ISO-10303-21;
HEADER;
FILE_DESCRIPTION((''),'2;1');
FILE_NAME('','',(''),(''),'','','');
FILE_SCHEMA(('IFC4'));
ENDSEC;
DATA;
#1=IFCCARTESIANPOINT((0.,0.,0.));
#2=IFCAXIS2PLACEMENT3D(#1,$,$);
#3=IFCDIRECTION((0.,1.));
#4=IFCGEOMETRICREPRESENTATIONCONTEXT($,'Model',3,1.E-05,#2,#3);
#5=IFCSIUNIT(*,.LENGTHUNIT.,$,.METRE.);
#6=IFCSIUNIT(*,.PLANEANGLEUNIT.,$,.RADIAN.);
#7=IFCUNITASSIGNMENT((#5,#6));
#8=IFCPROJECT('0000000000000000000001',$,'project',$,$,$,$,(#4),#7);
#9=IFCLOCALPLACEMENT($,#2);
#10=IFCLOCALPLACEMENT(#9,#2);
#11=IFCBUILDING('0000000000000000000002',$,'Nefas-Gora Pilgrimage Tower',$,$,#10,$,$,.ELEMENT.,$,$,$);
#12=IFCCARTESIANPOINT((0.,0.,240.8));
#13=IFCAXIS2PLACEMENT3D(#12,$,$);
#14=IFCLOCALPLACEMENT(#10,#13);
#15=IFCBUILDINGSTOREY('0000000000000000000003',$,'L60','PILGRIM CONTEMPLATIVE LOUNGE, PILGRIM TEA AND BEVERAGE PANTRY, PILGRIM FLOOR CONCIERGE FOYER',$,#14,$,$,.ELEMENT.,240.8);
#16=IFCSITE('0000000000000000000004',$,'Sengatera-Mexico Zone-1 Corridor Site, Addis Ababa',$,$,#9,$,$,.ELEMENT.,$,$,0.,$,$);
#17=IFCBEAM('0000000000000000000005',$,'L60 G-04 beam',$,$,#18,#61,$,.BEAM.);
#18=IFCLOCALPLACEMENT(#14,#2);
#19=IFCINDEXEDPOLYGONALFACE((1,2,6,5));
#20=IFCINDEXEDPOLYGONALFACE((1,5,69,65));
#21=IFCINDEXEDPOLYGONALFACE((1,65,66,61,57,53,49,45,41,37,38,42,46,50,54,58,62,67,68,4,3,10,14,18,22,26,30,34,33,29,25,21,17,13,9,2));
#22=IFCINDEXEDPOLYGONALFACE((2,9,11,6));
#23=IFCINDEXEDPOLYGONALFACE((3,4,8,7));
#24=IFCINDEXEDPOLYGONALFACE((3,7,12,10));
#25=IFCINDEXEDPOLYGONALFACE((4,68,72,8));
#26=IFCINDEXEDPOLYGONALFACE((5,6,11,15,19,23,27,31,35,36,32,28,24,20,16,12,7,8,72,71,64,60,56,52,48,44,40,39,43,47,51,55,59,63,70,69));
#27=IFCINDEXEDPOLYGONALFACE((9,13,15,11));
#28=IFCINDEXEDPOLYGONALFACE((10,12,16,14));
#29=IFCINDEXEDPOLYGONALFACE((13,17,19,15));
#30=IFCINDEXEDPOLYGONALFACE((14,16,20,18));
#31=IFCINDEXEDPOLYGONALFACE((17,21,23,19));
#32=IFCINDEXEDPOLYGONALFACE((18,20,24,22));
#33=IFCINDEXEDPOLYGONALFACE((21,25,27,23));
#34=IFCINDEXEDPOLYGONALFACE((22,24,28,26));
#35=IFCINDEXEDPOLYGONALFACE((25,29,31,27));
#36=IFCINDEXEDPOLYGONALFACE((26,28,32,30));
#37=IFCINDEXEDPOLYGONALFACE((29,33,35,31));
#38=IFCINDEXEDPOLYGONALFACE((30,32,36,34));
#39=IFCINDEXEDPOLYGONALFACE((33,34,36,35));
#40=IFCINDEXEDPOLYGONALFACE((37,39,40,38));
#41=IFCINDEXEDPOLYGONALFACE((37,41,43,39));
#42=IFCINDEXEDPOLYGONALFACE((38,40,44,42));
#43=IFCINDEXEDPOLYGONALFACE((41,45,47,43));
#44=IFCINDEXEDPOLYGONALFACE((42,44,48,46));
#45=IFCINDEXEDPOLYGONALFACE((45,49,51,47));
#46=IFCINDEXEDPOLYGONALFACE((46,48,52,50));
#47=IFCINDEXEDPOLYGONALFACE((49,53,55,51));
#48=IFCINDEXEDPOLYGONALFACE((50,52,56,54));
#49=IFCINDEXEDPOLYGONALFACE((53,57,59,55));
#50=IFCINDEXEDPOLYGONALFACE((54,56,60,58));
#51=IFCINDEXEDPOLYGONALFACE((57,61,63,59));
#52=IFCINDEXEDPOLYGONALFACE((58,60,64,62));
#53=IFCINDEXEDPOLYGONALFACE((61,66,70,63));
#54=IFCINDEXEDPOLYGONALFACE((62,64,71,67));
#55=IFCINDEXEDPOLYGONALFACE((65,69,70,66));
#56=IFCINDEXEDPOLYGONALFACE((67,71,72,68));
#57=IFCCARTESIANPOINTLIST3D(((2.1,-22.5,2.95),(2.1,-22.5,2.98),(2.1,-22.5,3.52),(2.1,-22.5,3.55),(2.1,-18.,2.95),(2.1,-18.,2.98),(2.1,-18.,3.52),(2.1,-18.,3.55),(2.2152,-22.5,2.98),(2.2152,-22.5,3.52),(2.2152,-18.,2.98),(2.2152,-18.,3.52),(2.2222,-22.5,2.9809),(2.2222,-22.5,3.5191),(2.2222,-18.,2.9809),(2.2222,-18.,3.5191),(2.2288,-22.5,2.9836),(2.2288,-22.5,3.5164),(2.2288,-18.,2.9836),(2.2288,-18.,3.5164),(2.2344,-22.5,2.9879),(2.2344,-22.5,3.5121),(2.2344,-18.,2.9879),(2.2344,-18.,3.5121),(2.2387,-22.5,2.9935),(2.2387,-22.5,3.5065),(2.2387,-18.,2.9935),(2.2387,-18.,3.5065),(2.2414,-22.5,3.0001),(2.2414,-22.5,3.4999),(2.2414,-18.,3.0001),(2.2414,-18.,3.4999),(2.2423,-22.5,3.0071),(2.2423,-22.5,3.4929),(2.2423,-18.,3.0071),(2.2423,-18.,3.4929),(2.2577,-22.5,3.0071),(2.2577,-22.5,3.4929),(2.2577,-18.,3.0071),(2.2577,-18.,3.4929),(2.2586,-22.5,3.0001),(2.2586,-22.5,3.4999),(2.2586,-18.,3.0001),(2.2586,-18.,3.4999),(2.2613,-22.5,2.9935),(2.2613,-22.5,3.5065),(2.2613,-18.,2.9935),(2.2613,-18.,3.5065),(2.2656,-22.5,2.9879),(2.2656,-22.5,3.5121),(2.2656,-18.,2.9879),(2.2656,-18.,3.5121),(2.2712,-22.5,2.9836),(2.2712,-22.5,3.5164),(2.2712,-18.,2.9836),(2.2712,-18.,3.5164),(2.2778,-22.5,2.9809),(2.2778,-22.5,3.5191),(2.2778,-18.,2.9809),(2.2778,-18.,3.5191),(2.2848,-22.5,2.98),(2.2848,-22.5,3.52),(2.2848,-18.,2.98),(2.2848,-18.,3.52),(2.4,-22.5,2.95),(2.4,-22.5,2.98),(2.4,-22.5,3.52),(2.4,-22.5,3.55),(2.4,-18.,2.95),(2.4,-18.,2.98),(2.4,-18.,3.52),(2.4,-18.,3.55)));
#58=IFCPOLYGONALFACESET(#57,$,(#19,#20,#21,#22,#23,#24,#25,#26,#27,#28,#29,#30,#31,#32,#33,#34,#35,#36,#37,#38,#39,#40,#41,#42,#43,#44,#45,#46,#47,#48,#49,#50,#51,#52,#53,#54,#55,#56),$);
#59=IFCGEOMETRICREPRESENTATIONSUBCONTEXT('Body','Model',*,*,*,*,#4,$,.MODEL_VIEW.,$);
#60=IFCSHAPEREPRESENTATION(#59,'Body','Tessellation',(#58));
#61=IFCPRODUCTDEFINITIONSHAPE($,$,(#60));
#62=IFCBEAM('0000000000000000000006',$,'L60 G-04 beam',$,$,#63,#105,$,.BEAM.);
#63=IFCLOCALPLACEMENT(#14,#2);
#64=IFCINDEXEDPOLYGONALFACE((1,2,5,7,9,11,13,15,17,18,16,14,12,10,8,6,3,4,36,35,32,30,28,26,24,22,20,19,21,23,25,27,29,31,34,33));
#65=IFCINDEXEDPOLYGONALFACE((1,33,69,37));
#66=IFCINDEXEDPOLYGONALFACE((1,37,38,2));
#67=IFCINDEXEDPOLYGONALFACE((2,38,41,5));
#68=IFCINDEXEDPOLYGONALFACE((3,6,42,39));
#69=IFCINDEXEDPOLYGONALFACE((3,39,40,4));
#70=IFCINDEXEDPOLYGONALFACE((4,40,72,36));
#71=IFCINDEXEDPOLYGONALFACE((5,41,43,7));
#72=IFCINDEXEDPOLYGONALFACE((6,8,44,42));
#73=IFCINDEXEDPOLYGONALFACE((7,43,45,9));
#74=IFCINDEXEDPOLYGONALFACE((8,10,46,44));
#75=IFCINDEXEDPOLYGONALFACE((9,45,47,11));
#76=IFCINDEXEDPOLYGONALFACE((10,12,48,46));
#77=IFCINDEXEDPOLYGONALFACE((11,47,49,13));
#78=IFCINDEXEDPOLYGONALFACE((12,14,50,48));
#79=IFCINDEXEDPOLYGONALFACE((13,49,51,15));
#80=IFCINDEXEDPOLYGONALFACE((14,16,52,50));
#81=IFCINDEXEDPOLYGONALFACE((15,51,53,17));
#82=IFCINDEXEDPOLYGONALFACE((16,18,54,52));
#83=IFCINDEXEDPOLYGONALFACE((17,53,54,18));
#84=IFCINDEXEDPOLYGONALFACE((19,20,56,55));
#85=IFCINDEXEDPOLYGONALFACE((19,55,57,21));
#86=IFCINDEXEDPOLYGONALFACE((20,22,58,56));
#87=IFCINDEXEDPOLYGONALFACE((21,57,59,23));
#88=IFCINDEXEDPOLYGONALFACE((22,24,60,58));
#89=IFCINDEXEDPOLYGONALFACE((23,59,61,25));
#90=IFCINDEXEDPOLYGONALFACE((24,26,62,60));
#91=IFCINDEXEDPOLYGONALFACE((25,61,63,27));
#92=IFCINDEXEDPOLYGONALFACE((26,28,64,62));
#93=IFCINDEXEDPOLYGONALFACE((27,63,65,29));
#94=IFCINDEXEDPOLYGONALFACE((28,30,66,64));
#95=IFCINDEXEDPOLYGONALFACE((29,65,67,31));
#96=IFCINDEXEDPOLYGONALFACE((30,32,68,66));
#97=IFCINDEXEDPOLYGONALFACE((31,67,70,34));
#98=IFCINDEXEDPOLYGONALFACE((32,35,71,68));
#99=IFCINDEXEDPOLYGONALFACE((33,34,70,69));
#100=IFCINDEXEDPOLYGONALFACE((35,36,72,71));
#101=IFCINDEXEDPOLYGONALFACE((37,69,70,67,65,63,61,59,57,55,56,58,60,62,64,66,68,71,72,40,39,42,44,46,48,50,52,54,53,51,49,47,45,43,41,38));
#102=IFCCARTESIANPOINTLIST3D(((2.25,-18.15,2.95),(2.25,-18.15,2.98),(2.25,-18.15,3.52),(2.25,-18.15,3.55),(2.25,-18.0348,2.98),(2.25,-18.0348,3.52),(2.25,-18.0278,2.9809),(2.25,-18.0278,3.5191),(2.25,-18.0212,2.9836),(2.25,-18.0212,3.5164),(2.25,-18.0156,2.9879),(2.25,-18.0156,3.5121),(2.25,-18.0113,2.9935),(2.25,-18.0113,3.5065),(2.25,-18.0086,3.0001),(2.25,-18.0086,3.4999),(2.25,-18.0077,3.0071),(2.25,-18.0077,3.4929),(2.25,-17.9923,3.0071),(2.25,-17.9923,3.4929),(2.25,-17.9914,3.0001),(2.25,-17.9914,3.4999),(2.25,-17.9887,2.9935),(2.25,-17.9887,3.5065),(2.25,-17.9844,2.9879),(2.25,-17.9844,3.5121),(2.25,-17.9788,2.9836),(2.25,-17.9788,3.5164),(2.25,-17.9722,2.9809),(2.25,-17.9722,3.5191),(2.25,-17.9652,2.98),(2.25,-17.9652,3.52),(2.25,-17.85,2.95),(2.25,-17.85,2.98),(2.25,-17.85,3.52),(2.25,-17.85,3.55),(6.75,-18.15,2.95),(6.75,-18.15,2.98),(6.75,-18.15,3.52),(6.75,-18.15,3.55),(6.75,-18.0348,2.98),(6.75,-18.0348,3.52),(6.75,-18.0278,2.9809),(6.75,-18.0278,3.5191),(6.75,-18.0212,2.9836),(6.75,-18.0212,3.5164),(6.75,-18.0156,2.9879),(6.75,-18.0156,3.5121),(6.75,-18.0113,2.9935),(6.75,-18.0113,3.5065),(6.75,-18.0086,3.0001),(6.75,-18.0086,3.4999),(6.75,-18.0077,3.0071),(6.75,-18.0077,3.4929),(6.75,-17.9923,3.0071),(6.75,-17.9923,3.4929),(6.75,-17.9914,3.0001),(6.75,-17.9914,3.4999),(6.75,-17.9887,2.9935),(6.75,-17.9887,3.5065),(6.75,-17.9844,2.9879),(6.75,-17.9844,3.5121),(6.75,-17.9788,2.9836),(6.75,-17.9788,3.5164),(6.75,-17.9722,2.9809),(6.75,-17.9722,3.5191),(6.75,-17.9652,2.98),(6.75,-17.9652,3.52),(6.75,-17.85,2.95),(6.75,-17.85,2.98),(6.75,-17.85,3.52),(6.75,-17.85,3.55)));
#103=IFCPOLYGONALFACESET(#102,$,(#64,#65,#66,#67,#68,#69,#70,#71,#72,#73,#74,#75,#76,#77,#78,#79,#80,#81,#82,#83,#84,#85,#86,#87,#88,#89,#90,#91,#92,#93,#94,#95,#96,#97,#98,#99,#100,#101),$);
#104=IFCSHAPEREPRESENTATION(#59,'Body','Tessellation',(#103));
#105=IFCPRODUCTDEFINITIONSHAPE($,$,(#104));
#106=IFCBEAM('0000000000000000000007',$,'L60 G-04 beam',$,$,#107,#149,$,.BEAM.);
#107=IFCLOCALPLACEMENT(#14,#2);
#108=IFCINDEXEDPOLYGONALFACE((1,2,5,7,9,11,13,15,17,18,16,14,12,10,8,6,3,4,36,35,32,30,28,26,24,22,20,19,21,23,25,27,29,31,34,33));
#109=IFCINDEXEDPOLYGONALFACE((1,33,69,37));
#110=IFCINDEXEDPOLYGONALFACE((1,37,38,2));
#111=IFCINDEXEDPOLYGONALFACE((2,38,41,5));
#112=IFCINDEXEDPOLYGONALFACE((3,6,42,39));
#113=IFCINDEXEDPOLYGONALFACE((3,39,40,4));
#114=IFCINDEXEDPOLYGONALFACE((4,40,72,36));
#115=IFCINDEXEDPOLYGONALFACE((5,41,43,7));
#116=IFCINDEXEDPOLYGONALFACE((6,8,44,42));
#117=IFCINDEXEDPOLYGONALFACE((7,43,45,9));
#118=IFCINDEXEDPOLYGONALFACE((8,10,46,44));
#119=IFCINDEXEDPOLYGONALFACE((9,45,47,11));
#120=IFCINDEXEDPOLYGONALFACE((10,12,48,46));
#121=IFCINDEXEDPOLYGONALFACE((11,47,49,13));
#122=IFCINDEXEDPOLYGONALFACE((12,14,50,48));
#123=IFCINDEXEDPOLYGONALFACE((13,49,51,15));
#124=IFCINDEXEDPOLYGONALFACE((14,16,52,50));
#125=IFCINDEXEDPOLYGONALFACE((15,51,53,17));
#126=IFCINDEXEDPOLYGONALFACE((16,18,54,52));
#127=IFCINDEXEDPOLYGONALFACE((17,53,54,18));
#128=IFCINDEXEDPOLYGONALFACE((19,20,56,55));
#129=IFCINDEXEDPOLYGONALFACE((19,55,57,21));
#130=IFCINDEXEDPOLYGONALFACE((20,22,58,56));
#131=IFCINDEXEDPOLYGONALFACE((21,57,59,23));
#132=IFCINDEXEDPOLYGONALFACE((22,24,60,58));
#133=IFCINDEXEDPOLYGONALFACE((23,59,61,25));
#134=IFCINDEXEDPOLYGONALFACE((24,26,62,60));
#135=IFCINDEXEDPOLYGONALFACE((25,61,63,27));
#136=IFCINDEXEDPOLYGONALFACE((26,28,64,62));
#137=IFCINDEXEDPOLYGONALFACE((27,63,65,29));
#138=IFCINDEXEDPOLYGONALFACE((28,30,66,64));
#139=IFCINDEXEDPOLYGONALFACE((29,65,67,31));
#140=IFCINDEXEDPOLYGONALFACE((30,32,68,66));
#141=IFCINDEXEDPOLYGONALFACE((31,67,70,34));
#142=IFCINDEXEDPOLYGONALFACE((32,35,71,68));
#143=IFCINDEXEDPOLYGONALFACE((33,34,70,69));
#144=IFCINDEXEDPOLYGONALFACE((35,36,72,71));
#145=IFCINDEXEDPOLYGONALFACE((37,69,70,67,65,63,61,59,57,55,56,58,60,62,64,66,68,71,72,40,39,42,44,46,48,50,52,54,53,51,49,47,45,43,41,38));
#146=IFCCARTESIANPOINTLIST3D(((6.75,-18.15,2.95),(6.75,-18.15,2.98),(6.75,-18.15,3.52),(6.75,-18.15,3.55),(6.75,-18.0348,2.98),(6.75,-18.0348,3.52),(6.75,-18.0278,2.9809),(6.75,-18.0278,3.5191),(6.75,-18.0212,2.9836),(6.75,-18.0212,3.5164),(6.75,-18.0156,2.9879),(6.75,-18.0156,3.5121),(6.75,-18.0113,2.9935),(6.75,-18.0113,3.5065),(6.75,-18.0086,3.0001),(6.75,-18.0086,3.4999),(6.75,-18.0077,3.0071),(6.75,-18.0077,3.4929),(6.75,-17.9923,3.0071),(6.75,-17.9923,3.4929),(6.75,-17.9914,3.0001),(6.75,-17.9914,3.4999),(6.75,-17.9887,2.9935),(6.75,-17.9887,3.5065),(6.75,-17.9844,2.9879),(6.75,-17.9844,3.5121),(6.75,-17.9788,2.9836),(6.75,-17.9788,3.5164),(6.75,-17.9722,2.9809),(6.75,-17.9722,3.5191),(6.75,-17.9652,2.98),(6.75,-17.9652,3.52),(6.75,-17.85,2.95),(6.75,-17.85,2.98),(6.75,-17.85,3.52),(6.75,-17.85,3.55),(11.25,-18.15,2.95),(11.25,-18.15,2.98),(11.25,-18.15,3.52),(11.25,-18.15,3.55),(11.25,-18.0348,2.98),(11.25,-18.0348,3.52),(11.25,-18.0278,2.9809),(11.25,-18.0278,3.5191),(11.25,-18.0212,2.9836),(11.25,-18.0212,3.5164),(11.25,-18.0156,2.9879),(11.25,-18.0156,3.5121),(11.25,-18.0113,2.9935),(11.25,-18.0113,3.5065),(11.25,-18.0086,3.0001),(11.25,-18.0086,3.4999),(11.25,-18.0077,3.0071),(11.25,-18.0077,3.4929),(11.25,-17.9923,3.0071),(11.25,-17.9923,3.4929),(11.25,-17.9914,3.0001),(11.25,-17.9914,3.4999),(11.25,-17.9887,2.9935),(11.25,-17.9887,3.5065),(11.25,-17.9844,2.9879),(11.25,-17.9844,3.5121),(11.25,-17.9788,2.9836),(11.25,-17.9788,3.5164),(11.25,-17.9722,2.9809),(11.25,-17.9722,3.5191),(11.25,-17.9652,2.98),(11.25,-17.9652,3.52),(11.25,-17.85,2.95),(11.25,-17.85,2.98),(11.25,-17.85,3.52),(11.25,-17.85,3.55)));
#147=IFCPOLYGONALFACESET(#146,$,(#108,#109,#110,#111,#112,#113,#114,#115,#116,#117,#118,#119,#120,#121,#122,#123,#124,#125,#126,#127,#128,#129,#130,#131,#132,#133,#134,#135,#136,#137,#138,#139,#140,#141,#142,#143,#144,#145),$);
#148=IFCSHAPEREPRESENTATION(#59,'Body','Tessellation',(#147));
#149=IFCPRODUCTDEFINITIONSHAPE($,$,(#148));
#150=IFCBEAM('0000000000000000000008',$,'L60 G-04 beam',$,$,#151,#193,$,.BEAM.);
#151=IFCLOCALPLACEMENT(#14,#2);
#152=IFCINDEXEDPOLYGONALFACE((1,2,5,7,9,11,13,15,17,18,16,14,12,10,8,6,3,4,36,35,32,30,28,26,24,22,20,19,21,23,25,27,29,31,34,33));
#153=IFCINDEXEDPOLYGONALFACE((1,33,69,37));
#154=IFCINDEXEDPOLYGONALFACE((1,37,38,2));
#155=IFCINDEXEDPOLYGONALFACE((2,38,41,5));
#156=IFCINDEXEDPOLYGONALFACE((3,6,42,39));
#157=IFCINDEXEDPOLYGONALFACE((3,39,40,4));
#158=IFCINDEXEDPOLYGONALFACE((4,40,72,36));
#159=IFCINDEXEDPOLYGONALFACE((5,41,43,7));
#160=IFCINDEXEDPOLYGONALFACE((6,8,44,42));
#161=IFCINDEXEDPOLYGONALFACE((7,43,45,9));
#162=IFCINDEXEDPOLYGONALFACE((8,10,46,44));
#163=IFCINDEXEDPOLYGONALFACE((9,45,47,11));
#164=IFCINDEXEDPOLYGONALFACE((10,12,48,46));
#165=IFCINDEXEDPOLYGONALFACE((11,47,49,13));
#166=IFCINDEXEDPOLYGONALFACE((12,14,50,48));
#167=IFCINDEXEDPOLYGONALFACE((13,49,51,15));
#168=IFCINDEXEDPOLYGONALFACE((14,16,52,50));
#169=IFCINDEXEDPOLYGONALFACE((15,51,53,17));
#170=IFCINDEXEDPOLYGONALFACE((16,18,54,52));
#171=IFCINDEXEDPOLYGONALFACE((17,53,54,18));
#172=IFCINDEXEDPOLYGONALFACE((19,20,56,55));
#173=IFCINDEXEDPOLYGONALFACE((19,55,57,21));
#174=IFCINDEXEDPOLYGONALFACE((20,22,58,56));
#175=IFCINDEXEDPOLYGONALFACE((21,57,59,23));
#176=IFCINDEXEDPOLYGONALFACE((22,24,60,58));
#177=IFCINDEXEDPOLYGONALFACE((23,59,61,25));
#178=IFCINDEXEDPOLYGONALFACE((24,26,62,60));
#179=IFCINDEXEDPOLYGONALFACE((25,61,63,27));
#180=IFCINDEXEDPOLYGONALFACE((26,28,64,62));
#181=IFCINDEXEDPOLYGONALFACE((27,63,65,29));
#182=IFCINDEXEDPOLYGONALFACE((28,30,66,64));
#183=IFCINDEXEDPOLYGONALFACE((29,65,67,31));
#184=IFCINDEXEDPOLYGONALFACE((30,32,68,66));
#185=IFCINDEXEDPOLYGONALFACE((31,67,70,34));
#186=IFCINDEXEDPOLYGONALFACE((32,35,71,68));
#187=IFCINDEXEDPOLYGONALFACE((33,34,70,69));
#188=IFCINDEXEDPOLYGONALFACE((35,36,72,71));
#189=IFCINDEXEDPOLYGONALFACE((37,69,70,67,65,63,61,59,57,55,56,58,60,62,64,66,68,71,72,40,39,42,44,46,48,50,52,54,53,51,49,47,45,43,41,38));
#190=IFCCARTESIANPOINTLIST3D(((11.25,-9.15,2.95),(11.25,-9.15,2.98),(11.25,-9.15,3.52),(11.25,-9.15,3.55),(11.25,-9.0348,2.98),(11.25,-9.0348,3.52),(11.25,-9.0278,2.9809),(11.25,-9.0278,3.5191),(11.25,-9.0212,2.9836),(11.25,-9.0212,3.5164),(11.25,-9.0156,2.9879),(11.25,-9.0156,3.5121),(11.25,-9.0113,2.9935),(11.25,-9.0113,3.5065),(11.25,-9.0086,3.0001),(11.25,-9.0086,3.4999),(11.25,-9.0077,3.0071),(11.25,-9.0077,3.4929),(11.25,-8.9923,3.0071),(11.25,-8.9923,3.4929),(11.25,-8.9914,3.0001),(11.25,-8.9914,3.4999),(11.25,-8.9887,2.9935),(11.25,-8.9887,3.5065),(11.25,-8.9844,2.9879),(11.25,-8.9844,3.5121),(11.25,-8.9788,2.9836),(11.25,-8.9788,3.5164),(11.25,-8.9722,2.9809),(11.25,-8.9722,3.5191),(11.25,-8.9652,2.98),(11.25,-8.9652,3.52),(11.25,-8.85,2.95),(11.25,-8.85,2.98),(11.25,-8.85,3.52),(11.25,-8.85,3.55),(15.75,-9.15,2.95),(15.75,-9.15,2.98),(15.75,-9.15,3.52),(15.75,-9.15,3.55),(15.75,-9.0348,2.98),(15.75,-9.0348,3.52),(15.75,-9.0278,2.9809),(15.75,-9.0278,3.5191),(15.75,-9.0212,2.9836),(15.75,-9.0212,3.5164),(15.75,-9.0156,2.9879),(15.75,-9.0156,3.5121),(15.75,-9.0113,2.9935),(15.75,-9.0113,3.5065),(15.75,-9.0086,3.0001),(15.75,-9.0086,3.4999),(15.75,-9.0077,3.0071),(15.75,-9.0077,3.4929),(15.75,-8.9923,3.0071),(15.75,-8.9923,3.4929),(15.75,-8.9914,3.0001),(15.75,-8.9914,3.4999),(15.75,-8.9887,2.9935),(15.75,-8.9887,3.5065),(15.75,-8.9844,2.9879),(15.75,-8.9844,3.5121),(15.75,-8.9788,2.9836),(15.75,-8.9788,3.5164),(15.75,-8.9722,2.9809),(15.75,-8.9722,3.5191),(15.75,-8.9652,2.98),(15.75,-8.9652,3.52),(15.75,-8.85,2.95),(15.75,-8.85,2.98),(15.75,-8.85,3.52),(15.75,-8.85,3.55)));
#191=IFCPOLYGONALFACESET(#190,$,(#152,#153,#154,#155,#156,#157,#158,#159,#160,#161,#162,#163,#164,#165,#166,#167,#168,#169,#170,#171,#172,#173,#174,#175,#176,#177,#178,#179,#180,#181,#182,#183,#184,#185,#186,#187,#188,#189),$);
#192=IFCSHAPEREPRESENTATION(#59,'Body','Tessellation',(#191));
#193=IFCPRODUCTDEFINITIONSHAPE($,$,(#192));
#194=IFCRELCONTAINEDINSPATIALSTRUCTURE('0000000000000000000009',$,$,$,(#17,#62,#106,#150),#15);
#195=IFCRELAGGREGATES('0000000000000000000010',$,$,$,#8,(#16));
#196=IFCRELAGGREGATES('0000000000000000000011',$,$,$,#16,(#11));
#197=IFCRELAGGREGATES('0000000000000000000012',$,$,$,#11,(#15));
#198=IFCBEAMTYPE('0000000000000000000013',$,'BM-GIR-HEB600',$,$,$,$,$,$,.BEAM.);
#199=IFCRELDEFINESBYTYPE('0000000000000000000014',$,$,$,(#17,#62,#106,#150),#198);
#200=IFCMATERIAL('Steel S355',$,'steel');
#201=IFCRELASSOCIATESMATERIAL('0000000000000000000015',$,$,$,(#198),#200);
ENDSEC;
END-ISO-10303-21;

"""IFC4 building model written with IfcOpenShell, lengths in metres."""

from ifc_helpers import new_model, si_unit, direction, frame, origin, origin_2d, place, context, subcontext, project, spatial, i_section, extrude, source, transform, mapped, material, material_profile, profile_set, type_object, element, save


model = new_model("IFC4")

# Units and contexts
model_context = context("Model", 3, precision=1e-05, world=origin(), true_north=direction((0.0, 1.0)))
body_context = subcontext(model_context, "Body", "Model", "MODEL_VIEW")
ifc_project = project(units=[si_unit("LENGTHUNIT", "METRE"), si_unit("PLANEANGLEUNIT", "RADIAN")], contexts=[model_context])

# Site, building, storey
site_placement = place(None, origin())
site = spatial("IfcSite", under=ifc_project, at=site_placement, Name="Sengatera-Mexico Zone-1 Corridor Site, Addis Ababa", CompositionType="ELEMENT", RefElevation=0.0)
building_placement = place(site_placement, origin())
building = spatial("IfcBuilding", under=site, at=building_placement, Name="Nefas-Gora Pilgrimage Tower", CompositionType="ELEMENT")
storey_placement = place(building_placement, frame((0.0, 0.0, 240.8)))
storey = spatial("IfcBuildingStorey", under=building, at=storey_placement, Name="L60", Description="PILGRIM CONTEMPLATIVE LOUNGE, PILGRIM TEA AND BEVERAGE PANTRY, PILGRIM FLOOR CONCIERGE FOYER", CompositionType="ELEMENT", Elevation=240.8)

# Beams
ifc_material_1 = material(Name="Steel S355", Category="steel")
ifc_material_profile_1 = material_profile(ifc_material_1, i_section(OverallWidth=0.3, OverallDepth=0.6001, WebThickness=0.0154, FlangeThickness=0.03, FilletRadius=0.0271, at=origin_2d()), Name="HEB 600")
ifc_profile_set_1 = profile_set([ifc_material_profile_1], Name="Steel S355")
beam_type = type_object("IfcBeamType", Name="BM-GIR-HEB600", PredefinedType="BEAM", material=ifc_profile_set_1)
shared_shape_1 = source(origin(), body_context, "Body", "SweptSolid", [
    extrude(i_section(OverallWidth=0.3, OverallDepth=0.6001, WebThickness=0.0154, FlangeThickness=0.03, FilletRadius=0.0271, at=origin_2d()), origin(), (0.0, 0.0, 1.0), 4.5),
])
for number, where, z_axis, x_axis, name in (
    (1, (2.25, -22.5, 3.25), (0.0, 1.0, 0.0), (-1.0, 0.0, 0.0), "L60 G-04 beam"),
    (2, (2.25, -18.0, 3.25), (1.0, 0.0, 0.0), (0.0, 1.0, 0.0), "L60 G-04 beam"),
    (3, (6.75, -18.0, 3.25), (1.0, 0.0, 0.0), (0.0, 1.0, 0.0), "L60 G-04 beam"),
    (4, (11.25, -9.0, 3.25), (1.0, 0.0, 0.0), (0.0, 1.0, 0.0), "L60 G-04 beam"),
):
    element("IfcBeam", number, at=place(storey_placement, frame(where, z_axis=z_axis, x_axis=x_axis)), inside=storey, type_object=beam_type, Name=name, PredefinedType="BEAM", context=body_context, shape_type="MappedRepresentation", body=[
        mapped(shared_shape_1, transform((0.0, 0.0, 0.0), x_axis=(1.0, 0.0, 0.0), y_axis=(0.0, 1.0, 0.0), z_axis=(0.0, 0.0, 1.0), scale=1.0)),
    ])

save(model, "model.ifc")
